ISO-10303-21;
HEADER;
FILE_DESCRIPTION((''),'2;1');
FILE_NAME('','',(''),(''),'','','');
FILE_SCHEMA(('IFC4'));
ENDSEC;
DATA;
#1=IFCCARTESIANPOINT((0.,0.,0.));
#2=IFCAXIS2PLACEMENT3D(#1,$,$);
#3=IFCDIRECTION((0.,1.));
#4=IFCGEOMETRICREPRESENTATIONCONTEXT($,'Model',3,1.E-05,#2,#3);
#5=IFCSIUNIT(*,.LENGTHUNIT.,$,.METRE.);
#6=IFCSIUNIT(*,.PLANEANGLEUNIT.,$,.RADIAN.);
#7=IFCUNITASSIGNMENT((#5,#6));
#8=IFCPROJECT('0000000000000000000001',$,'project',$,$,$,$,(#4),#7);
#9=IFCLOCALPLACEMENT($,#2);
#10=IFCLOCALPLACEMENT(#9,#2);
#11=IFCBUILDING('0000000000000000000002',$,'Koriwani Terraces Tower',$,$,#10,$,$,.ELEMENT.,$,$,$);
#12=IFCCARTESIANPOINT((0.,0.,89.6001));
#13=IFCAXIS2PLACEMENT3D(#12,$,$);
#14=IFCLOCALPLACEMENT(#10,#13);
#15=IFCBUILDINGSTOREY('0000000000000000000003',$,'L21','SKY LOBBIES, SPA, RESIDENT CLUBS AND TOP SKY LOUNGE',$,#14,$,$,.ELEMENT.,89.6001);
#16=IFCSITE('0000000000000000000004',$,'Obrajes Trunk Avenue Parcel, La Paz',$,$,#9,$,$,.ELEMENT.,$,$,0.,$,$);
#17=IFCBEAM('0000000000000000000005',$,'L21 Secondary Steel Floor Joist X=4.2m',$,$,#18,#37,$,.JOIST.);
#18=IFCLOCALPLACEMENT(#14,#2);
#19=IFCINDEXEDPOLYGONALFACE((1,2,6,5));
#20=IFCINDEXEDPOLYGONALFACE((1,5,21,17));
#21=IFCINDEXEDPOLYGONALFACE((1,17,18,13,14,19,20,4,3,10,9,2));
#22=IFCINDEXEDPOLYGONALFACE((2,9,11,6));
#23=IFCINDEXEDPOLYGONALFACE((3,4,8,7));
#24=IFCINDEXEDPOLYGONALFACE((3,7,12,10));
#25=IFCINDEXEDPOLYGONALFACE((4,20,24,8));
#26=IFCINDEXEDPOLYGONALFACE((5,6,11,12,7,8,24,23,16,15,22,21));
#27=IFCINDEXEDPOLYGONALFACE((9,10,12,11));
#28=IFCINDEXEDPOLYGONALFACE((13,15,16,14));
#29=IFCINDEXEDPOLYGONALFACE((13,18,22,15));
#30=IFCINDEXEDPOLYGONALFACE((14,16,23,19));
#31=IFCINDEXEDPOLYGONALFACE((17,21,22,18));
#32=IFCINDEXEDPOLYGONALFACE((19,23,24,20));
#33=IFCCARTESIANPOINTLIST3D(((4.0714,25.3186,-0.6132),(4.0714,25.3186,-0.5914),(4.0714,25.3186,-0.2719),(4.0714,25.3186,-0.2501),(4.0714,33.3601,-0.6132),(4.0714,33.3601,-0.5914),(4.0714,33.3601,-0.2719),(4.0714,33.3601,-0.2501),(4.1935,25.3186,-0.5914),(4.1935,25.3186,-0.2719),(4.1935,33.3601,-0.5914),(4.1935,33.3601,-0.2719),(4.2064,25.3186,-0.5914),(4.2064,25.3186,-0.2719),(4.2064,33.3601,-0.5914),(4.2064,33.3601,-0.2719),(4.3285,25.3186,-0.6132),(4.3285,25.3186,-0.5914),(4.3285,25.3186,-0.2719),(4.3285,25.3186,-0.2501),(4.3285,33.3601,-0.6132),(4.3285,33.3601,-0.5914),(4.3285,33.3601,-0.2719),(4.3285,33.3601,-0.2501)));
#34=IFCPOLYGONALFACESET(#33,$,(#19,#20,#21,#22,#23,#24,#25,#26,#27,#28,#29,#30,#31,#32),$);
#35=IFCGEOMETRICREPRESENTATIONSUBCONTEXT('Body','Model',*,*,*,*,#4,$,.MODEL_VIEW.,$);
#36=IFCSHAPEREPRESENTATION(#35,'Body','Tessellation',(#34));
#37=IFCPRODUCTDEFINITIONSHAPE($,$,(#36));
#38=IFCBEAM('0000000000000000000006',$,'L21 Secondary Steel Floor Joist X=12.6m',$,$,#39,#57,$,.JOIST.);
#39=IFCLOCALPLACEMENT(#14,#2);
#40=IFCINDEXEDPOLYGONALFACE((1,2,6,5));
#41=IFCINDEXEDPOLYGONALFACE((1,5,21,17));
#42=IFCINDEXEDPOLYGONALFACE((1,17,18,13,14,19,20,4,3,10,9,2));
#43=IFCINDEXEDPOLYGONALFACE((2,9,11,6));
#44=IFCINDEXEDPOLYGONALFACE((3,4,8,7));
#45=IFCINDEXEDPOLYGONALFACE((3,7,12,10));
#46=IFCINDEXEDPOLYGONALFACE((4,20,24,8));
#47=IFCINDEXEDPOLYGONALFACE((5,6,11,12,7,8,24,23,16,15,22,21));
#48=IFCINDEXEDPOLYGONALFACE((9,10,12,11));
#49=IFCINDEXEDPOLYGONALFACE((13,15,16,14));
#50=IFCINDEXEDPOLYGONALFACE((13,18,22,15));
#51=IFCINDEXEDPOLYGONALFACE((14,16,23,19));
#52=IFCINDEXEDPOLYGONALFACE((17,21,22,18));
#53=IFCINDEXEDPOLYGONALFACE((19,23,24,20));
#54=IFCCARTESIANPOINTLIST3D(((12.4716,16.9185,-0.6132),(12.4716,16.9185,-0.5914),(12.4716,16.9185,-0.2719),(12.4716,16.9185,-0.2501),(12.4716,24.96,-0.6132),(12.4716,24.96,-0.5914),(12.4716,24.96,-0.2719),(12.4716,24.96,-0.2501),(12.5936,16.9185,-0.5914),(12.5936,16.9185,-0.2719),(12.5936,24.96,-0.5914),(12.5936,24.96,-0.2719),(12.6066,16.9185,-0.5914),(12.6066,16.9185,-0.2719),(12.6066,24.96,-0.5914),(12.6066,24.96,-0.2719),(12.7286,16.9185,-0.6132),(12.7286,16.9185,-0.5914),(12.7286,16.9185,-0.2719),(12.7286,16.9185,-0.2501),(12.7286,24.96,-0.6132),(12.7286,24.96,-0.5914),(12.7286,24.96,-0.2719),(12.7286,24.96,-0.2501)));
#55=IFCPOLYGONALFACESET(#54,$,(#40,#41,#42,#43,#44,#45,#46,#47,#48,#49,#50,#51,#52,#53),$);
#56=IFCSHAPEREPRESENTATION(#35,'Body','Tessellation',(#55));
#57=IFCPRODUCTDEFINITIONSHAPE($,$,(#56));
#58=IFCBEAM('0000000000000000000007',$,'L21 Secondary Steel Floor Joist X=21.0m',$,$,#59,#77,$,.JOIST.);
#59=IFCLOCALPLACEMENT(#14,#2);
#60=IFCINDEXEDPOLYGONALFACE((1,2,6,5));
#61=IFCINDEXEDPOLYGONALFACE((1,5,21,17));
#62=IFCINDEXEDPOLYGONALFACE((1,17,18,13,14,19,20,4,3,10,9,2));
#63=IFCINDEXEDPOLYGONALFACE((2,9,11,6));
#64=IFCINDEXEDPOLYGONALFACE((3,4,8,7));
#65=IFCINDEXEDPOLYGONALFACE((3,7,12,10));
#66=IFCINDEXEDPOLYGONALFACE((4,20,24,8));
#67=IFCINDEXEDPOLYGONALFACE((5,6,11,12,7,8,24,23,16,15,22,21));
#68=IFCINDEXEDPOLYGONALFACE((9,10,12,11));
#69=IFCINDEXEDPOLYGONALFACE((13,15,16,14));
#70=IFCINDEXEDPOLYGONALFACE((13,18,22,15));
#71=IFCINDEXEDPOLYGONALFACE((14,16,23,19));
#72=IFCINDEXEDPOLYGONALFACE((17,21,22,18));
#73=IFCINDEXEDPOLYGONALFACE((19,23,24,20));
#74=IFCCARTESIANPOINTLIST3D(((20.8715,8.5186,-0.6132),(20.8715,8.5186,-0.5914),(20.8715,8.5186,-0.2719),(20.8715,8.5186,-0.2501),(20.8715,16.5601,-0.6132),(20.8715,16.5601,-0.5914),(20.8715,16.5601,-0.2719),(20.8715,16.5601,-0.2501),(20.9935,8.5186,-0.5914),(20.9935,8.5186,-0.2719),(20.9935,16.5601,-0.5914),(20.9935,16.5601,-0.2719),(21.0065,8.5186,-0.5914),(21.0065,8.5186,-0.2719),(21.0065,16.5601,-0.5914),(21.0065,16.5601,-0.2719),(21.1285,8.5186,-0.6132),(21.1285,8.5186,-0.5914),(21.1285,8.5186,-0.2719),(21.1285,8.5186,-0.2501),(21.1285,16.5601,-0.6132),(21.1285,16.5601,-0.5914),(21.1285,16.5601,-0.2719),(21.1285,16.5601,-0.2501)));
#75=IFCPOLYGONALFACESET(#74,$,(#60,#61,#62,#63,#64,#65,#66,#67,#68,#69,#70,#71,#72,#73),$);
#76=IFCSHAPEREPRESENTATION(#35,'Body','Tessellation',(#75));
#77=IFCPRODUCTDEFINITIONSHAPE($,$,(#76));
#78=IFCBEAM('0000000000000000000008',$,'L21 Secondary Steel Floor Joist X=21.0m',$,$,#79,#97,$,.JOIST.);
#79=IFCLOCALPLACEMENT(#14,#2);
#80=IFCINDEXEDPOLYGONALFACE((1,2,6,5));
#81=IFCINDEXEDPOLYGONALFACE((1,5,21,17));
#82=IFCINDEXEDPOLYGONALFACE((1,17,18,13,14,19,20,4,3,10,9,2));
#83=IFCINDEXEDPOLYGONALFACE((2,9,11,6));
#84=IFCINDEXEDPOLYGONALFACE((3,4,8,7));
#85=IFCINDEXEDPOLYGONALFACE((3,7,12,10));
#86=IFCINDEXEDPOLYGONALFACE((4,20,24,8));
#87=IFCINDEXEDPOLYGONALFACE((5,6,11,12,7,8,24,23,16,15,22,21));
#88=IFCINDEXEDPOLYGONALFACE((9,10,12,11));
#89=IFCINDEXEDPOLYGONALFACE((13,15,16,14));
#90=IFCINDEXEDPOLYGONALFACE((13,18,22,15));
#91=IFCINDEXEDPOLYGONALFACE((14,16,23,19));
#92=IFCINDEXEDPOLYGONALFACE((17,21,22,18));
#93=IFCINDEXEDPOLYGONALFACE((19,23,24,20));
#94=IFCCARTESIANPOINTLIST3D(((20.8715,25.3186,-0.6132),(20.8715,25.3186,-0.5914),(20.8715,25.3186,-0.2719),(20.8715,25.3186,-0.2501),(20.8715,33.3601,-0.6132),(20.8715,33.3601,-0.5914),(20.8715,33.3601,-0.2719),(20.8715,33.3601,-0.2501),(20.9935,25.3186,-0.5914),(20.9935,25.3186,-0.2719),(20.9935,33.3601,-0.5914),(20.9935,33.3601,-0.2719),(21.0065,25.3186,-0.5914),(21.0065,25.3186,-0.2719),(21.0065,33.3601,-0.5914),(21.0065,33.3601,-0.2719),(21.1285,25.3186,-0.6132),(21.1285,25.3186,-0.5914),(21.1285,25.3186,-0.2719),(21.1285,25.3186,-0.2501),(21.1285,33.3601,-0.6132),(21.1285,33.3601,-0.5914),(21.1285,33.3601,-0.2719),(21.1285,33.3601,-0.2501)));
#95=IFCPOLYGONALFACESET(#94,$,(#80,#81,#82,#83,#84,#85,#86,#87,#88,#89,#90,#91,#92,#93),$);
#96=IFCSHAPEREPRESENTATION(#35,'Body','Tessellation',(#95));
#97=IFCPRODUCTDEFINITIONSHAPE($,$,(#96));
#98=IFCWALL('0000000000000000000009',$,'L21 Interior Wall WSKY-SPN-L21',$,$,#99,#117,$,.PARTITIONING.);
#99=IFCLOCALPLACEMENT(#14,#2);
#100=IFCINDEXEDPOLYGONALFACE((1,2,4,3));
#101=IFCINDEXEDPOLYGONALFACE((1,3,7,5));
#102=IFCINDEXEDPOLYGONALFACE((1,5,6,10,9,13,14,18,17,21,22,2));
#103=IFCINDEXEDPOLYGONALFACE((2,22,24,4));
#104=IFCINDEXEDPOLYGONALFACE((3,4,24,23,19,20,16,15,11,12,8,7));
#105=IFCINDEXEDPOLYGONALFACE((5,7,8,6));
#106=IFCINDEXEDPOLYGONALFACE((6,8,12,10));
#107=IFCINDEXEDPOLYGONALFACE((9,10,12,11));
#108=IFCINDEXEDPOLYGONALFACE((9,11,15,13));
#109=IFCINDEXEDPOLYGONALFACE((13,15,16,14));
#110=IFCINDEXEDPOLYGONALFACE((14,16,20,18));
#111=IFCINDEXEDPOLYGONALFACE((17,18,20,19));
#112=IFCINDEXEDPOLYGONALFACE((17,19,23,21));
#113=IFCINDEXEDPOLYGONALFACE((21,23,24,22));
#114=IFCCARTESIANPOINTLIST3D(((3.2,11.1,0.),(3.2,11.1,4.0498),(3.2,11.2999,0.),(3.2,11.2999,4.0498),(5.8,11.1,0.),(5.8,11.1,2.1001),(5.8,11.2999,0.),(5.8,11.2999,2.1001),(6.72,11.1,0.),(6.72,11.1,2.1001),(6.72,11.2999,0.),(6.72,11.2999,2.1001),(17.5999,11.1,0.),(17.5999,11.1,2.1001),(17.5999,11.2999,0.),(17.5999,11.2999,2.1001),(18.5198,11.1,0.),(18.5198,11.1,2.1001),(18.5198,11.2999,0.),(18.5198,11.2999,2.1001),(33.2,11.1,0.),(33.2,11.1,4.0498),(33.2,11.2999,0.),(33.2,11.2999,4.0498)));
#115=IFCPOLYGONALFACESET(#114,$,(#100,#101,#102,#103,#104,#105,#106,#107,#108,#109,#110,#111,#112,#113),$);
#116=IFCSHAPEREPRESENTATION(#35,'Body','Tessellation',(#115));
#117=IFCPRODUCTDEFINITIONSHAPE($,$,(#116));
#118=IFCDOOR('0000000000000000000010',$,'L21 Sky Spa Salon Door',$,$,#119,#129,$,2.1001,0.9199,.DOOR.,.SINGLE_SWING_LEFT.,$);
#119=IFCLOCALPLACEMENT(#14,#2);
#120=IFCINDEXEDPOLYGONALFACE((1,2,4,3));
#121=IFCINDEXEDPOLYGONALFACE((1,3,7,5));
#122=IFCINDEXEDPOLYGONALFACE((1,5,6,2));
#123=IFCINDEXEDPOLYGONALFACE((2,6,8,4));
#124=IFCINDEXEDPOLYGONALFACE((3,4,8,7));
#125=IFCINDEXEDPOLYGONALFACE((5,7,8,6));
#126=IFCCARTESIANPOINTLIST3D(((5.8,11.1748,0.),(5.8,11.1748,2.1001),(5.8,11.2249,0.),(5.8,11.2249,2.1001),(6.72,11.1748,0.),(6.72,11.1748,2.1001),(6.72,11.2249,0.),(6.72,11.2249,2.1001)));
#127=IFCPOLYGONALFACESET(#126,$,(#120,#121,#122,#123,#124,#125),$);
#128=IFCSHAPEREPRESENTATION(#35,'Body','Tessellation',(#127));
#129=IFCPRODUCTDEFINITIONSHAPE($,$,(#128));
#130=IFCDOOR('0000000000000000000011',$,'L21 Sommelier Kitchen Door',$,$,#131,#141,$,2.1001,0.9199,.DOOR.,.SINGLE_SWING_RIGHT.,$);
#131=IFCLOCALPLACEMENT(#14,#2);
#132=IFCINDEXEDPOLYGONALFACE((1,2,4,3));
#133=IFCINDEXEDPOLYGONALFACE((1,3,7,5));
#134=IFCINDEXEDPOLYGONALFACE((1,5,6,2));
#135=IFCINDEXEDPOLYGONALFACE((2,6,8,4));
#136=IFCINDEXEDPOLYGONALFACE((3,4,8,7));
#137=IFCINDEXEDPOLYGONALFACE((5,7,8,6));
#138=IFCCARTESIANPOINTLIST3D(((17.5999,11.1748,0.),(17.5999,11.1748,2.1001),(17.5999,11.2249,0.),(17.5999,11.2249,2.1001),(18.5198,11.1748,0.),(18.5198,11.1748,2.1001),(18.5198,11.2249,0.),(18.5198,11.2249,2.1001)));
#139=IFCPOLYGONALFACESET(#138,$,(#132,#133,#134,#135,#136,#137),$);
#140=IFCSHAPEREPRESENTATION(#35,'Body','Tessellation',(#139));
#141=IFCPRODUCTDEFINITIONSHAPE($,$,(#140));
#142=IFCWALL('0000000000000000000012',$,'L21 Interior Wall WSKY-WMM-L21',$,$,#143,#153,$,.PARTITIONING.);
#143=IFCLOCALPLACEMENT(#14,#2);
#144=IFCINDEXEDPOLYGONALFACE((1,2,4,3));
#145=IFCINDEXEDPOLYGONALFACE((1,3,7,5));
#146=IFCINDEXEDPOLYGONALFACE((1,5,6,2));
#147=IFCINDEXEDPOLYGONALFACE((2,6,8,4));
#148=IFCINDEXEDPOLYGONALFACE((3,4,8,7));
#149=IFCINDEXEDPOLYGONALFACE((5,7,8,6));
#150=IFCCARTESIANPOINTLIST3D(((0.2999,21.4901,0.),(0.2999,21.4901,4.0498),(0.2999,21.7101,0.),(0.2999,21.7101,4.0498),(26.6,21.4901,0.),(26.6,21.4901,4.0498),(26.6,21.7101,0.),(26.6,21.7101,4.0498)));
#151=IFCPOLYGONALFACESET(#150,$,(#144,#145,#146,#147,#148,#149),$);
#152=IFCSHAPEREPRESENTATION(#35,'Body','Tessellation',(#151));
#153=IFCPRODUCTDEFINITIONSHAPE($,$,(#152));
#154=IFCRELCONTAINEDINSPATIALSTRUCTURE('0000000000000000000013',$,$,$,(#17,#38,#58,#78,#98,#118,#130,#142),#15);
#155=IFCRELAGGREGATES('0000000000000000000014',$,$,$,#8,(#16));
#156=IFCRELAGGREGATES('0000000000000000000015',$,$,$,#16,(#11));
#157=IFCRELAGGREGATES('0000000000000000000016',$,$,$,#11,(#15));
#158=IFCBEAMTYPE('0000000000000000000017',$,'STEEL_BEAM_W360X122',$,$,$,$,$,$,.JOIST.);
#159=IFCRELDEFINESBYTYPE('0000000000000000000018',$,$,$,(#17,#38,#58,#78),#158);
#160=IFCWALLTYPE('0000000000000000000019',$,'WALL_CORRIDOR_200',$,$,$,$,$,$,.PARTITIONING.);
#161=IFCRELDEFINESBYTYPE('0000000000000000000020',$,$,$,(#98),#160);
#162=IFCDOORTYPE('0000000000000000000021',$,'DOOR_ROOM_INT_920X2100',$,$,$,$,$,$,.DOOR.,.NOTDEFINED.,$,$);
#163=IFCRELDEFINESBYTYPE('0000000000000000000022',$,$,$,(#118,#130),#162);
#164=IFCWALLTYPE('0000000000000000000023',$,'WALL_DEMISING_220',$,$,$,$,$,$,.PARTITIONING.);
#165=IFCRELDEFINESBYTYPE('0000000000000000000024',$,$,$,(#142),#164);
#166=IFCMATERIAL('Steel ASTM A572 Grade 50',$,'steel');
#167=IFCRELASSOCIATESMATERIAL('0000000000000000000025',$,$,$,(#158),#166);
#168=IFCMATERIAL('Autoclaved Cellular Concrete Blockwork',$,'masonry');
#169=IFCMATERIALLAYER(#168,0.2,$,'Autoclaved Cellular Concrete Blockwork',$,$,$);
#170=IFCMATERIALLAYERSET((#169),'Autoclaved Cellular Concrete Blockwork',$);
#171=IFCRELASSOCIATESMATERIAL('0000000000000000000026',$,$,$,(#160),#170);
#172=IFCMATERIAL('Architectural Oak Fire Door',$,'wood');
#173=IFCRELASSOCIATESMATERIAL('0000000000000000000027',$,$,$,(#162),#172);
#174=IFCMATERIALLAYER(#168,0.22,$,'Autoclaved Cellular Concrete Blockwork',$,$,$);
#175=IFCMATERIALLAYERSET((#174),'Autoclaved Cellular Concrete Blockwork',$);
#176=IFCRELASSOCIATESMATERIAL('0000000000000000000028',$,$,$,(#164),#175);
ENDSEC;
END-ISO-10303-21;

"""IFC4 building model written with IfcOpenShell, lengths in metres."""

from ifc_helpers import new_model, si_unit, direction, frame, frame_2d, origin, origin_2d, place, context, subcontext, project, spatial, rectangle, i_section, extrude, material, layer, layer_set, material_profile, profile_set, type_object, element, fill, save


model = new_model("IFC4")

# Units and contexts
model_context = context("Model", 3, precision=1e-05, world=origin(), true_north=direction((0.0, 1.0)))
body_context = subcontext(model_context, "Body", "Model", "MODEL_VIEW")
ifc_project = project(units=[si_unit("LENGTHUNIT", "METRE"), si_unit("PLANEANGLEUNIT", "RADIAN")], contexts=[model_context])

# Site, building, storey
site_placement = place(None, origin())
site = spatial("IfcSite", under=ifc_project, at=site_placement, Name="Obrajes Trunk Avenue Parcel, La Paz", CompositionType="ELEMENT", RefElevation=0.0)
building_placement = place(site_placement, origin())
building = spatial("IfcBuilding", under=site, at=building_placement, Name="Koriwani Terraces Tower", CompositionType="ELEMENT")
storey_placement = place(building_placement, frame((0.0, 0.0, 89.6001)))
storey = spatial("IfcBuildingStorey", under=building, at=storey_placement, Name="L21", Description="SKY LOBBIES, SPA, RESIDENT CLUBS AND TOP SKY LOUNGE", CompositionType="ELEMENT", Elevation=89.6001)

# Beams
ifc_material_1 = material(Name="Steel ASTM A572 Grade 50", Category="steel")
ifc_material_profile_1 = material_profile(ifc_material_1, i_section(OverallWidth=0.2571, OverallDepth=0.363, WebThickness=0.0129, FlangeThickness=0.0217, at=origin_2d()), Name="Steel ASTM A572 Grade 50", Category="LoadBearing")
ifc_profile_set_1 = profile_set([ifc_material_profile_1], Name="Steel ASTM A572 Grade 50")
beam_type_1 = type_object("IfcBeamType", Name="STEEL_BEAM_W360X122", PredefinedType="JOIST", material=ifc_profile_set_1)
for number, where, z_axis, x_axis, name in (
    (1, (4.2, 25.3186, -0.4316), (0.0, 1.0, 0.0), (-1.0, 0.0, 0.0), "L21 Secondary Steel Floor Joist X=4.2m"),
    (2, (12.6001, 16.9185, -0.4316), (0.0, 1.0, 0.0), (-1.0, 0.0, 0.0), "L21 Secondary Steel Floor Joist X=12.6m"),
    (3, (21.0, 8.5186, -0.4316), (0.0, 1.0, 0.0), (-1.0, 0.0, 0.0), "L21 Secondary Steel Floor Joist X=21.0m"),
    (4, (21.0, 25.3186, -0.4316), (0.0, 1.0, 0.0), (-1.0, 0.0, 0.0), "L21 Secondary Steel Floor Joist X=21.0m"),
):
    element("IfcBeam", number, at=place(storey_placement, frame(where, z_axis=z_axis, x_axis=x_axis)), inside=storey, type_object=beam_type_1, Name=name, PredefinedType="JOIST", context=body_context, shape_type="SweptSolid", body=[
        extrude(i_section(OverallWidth=0.2571, OverallDepth=0.363, WebThickness=0.0129, FlangeThickness=0.0217, at=origin_2d()), origin(), (0.0, 0.0, 1.0), 8.0415),
    ])

# Wall, openings, doors
ifc_material_2 = material(Name="Autoclaved Cellular Concrete Blockwork", Category="masonry")
ifc_layer_1 = layer(ifc_material_2, 0.2, Name="Autoclaved Cellular Concrete Blockwork")
ifc_layer_set_1 = layer_set([ifc_layer_1], Name="Autoclaved Cellular Concrete Blockwork")
wall_type_1 = type_object("IfcWallType", Name="WALL_CORRIDOR_200", PredefinedType="PARTITIONING", material=ifc_layer_set_1)
wall_1_placement = place(storey_placement, frame((3.2, 11.2, 0.0), z_axis=(0.0, 0.0, 1.0), x_axis=(1.0, 0.0, 0.0)))
wall_1 = element("IfcWall", 5, at=wall_1_placement, inside=storey, type_object=wall_type_1, Name="L21 Interior Wall WSKY-SPN-L21", PredefinedType="PARTITIONING", context=body_context, shape_type="SweptSolid", body=[
    extrude(rectangle(XDim=30.0, YDim=0.2, at=frame_2d((15.0, 0.0))), origin(), (0.0, 0.0, 1.0), 4.0498),
])
opening_1_placement = place(wall_1_placement, frame((2.6001, 0.0, 0.0)))
opening_1 = element("IfcOpeningElement", 6, at=opening_1_placement, cuts=wall_1, PredefinedType="OPENING", context=body_context, shape_type="SweptSolid", body=[
    extrude(rectangle(XDim=0.9199, YDim=2.1001, at=frame_2d((0.46, 1.05))), frame((0.0, 0.1099, 0.0), z_axis=(0.0, -1.0, 0.0), x_axis=(1.0, 0.0, 0.0)), (0.0, 0.0, 1.0), 0.22),
])
opening_2_placement = place(wall_1_placement, frame((14.3999, 0.0, 0.0)))
opening_2 = element("IfcOpeningElement", 7, at=opening_2_placement, cuts=wall_1, PredefinedType="OPENING", context=body_context, shape_type="SweptSolid", body=[
    extrude(rectangle(XDim=0.9199, YDim=2.1001, at=frame_2d((0.46, 1.05))), frame((0.0, 0.1099, 0.0), z_axis=(0.0, -1.0, 0.0), x_axis=(1.0, 0.0, 0.0)), (0.0, 0.0, 1.0), 0.22),
])
ifc_material_3 = material(Name="Architectural Oak Fire Door", Category="wood")
door_type = type_object("IfcDoorType", Name="DOOR_ROOM_INT_920X2100", OperationType="NOTDEFINED", PredefinedType="DOOR", material=ifc_material_3)
door_1_placement = place(opening_1_placement, origin())
door_1 = element("IfcDoor", 8, at=door_1_placement, inside=storey, type_object=door_type, Name="L21 Sky Spa Salon Door", OperationType="SINGLE_SWING_LEFT", OverallHeight=2.1001, OverallWidth=0.9199, PredefinedType="DOOR", context=body_context, shape_type="SweptSolid", body=[
    extrude(rectangle(XDim=0.9199, YDim=2.1001, at=frame_2d((0.46, 1.05))), frame((0.0, 0.0249, 0.0), z_axis=(0.0, -1.0, 0.0), x_axis=(1.0, 0.0, 0.0)), (0.0, 0.0, 1.0), 0.05),
])
fill(opening_1, door_1)
door_2_placement = place(opening_2_placement, origin())
door_2 = element("IfcDoor", 9, at=door_2_placement, inside=storey, type_object=door_type, Name="L21 Sommelier Kitchen Door", OperationType="SINGLE_SWING_RIGHT", OverallHeight=2.1001, OverallWidth=0.9199, PredefinedType="DOOR", context=body_context, shape_type="SweptSolid", body=[
    extrude(rectangle(XDim=0.9199, YDim=2.1001, at=frame_2d((0.46, 1.05))), frame((0.0, 0.0249, 0.0), z_axis=(0.0, -1.0, 0.0), x_axis=(1.0, 0.0, 0.0)), (0.0, 0.0, 1.0), 0.05),
])
fill(opening_2, door_2)

# Wall
ifc_layer_2 = layer(ifc_material_2, 0.22, Name="Autoclaved Cellular Concrete Blockwork")
ifc_layer_set_2 = layer_set([ifc_layer_2], Name="Autoclaved Cellular Concrete Blockwork")
wall_type_2 = type_object("IfcWallType", Name="WALL_DEMISING_220", PredefinedType="PARTITIONING", material=ifc_layer_set_2)
wall_2_placement = place(storey_placement, frame((0.3, 21.6001, 0.0), z_axis=(0.0, 0.0, 1.0), x_axis=(1.0, 0.0, 0.0)))
element("IfcWall", 10, at=wall_2_placement, inside=storey, type_object=wall_type_2, Name="L21 Interior Wall WSKY-WMM-L21", PredefinedType="PARTITIONING", context=body_context, shape_type="SweptSolid", body=[
    extrude(rectangle(XDim=26.3, YDim=0.22, at=frame_2d((13.1499, 0.0))), origin(), (0.0, 0.0, 1.0), 4.0498),
])

save(model, "model.ifc")
